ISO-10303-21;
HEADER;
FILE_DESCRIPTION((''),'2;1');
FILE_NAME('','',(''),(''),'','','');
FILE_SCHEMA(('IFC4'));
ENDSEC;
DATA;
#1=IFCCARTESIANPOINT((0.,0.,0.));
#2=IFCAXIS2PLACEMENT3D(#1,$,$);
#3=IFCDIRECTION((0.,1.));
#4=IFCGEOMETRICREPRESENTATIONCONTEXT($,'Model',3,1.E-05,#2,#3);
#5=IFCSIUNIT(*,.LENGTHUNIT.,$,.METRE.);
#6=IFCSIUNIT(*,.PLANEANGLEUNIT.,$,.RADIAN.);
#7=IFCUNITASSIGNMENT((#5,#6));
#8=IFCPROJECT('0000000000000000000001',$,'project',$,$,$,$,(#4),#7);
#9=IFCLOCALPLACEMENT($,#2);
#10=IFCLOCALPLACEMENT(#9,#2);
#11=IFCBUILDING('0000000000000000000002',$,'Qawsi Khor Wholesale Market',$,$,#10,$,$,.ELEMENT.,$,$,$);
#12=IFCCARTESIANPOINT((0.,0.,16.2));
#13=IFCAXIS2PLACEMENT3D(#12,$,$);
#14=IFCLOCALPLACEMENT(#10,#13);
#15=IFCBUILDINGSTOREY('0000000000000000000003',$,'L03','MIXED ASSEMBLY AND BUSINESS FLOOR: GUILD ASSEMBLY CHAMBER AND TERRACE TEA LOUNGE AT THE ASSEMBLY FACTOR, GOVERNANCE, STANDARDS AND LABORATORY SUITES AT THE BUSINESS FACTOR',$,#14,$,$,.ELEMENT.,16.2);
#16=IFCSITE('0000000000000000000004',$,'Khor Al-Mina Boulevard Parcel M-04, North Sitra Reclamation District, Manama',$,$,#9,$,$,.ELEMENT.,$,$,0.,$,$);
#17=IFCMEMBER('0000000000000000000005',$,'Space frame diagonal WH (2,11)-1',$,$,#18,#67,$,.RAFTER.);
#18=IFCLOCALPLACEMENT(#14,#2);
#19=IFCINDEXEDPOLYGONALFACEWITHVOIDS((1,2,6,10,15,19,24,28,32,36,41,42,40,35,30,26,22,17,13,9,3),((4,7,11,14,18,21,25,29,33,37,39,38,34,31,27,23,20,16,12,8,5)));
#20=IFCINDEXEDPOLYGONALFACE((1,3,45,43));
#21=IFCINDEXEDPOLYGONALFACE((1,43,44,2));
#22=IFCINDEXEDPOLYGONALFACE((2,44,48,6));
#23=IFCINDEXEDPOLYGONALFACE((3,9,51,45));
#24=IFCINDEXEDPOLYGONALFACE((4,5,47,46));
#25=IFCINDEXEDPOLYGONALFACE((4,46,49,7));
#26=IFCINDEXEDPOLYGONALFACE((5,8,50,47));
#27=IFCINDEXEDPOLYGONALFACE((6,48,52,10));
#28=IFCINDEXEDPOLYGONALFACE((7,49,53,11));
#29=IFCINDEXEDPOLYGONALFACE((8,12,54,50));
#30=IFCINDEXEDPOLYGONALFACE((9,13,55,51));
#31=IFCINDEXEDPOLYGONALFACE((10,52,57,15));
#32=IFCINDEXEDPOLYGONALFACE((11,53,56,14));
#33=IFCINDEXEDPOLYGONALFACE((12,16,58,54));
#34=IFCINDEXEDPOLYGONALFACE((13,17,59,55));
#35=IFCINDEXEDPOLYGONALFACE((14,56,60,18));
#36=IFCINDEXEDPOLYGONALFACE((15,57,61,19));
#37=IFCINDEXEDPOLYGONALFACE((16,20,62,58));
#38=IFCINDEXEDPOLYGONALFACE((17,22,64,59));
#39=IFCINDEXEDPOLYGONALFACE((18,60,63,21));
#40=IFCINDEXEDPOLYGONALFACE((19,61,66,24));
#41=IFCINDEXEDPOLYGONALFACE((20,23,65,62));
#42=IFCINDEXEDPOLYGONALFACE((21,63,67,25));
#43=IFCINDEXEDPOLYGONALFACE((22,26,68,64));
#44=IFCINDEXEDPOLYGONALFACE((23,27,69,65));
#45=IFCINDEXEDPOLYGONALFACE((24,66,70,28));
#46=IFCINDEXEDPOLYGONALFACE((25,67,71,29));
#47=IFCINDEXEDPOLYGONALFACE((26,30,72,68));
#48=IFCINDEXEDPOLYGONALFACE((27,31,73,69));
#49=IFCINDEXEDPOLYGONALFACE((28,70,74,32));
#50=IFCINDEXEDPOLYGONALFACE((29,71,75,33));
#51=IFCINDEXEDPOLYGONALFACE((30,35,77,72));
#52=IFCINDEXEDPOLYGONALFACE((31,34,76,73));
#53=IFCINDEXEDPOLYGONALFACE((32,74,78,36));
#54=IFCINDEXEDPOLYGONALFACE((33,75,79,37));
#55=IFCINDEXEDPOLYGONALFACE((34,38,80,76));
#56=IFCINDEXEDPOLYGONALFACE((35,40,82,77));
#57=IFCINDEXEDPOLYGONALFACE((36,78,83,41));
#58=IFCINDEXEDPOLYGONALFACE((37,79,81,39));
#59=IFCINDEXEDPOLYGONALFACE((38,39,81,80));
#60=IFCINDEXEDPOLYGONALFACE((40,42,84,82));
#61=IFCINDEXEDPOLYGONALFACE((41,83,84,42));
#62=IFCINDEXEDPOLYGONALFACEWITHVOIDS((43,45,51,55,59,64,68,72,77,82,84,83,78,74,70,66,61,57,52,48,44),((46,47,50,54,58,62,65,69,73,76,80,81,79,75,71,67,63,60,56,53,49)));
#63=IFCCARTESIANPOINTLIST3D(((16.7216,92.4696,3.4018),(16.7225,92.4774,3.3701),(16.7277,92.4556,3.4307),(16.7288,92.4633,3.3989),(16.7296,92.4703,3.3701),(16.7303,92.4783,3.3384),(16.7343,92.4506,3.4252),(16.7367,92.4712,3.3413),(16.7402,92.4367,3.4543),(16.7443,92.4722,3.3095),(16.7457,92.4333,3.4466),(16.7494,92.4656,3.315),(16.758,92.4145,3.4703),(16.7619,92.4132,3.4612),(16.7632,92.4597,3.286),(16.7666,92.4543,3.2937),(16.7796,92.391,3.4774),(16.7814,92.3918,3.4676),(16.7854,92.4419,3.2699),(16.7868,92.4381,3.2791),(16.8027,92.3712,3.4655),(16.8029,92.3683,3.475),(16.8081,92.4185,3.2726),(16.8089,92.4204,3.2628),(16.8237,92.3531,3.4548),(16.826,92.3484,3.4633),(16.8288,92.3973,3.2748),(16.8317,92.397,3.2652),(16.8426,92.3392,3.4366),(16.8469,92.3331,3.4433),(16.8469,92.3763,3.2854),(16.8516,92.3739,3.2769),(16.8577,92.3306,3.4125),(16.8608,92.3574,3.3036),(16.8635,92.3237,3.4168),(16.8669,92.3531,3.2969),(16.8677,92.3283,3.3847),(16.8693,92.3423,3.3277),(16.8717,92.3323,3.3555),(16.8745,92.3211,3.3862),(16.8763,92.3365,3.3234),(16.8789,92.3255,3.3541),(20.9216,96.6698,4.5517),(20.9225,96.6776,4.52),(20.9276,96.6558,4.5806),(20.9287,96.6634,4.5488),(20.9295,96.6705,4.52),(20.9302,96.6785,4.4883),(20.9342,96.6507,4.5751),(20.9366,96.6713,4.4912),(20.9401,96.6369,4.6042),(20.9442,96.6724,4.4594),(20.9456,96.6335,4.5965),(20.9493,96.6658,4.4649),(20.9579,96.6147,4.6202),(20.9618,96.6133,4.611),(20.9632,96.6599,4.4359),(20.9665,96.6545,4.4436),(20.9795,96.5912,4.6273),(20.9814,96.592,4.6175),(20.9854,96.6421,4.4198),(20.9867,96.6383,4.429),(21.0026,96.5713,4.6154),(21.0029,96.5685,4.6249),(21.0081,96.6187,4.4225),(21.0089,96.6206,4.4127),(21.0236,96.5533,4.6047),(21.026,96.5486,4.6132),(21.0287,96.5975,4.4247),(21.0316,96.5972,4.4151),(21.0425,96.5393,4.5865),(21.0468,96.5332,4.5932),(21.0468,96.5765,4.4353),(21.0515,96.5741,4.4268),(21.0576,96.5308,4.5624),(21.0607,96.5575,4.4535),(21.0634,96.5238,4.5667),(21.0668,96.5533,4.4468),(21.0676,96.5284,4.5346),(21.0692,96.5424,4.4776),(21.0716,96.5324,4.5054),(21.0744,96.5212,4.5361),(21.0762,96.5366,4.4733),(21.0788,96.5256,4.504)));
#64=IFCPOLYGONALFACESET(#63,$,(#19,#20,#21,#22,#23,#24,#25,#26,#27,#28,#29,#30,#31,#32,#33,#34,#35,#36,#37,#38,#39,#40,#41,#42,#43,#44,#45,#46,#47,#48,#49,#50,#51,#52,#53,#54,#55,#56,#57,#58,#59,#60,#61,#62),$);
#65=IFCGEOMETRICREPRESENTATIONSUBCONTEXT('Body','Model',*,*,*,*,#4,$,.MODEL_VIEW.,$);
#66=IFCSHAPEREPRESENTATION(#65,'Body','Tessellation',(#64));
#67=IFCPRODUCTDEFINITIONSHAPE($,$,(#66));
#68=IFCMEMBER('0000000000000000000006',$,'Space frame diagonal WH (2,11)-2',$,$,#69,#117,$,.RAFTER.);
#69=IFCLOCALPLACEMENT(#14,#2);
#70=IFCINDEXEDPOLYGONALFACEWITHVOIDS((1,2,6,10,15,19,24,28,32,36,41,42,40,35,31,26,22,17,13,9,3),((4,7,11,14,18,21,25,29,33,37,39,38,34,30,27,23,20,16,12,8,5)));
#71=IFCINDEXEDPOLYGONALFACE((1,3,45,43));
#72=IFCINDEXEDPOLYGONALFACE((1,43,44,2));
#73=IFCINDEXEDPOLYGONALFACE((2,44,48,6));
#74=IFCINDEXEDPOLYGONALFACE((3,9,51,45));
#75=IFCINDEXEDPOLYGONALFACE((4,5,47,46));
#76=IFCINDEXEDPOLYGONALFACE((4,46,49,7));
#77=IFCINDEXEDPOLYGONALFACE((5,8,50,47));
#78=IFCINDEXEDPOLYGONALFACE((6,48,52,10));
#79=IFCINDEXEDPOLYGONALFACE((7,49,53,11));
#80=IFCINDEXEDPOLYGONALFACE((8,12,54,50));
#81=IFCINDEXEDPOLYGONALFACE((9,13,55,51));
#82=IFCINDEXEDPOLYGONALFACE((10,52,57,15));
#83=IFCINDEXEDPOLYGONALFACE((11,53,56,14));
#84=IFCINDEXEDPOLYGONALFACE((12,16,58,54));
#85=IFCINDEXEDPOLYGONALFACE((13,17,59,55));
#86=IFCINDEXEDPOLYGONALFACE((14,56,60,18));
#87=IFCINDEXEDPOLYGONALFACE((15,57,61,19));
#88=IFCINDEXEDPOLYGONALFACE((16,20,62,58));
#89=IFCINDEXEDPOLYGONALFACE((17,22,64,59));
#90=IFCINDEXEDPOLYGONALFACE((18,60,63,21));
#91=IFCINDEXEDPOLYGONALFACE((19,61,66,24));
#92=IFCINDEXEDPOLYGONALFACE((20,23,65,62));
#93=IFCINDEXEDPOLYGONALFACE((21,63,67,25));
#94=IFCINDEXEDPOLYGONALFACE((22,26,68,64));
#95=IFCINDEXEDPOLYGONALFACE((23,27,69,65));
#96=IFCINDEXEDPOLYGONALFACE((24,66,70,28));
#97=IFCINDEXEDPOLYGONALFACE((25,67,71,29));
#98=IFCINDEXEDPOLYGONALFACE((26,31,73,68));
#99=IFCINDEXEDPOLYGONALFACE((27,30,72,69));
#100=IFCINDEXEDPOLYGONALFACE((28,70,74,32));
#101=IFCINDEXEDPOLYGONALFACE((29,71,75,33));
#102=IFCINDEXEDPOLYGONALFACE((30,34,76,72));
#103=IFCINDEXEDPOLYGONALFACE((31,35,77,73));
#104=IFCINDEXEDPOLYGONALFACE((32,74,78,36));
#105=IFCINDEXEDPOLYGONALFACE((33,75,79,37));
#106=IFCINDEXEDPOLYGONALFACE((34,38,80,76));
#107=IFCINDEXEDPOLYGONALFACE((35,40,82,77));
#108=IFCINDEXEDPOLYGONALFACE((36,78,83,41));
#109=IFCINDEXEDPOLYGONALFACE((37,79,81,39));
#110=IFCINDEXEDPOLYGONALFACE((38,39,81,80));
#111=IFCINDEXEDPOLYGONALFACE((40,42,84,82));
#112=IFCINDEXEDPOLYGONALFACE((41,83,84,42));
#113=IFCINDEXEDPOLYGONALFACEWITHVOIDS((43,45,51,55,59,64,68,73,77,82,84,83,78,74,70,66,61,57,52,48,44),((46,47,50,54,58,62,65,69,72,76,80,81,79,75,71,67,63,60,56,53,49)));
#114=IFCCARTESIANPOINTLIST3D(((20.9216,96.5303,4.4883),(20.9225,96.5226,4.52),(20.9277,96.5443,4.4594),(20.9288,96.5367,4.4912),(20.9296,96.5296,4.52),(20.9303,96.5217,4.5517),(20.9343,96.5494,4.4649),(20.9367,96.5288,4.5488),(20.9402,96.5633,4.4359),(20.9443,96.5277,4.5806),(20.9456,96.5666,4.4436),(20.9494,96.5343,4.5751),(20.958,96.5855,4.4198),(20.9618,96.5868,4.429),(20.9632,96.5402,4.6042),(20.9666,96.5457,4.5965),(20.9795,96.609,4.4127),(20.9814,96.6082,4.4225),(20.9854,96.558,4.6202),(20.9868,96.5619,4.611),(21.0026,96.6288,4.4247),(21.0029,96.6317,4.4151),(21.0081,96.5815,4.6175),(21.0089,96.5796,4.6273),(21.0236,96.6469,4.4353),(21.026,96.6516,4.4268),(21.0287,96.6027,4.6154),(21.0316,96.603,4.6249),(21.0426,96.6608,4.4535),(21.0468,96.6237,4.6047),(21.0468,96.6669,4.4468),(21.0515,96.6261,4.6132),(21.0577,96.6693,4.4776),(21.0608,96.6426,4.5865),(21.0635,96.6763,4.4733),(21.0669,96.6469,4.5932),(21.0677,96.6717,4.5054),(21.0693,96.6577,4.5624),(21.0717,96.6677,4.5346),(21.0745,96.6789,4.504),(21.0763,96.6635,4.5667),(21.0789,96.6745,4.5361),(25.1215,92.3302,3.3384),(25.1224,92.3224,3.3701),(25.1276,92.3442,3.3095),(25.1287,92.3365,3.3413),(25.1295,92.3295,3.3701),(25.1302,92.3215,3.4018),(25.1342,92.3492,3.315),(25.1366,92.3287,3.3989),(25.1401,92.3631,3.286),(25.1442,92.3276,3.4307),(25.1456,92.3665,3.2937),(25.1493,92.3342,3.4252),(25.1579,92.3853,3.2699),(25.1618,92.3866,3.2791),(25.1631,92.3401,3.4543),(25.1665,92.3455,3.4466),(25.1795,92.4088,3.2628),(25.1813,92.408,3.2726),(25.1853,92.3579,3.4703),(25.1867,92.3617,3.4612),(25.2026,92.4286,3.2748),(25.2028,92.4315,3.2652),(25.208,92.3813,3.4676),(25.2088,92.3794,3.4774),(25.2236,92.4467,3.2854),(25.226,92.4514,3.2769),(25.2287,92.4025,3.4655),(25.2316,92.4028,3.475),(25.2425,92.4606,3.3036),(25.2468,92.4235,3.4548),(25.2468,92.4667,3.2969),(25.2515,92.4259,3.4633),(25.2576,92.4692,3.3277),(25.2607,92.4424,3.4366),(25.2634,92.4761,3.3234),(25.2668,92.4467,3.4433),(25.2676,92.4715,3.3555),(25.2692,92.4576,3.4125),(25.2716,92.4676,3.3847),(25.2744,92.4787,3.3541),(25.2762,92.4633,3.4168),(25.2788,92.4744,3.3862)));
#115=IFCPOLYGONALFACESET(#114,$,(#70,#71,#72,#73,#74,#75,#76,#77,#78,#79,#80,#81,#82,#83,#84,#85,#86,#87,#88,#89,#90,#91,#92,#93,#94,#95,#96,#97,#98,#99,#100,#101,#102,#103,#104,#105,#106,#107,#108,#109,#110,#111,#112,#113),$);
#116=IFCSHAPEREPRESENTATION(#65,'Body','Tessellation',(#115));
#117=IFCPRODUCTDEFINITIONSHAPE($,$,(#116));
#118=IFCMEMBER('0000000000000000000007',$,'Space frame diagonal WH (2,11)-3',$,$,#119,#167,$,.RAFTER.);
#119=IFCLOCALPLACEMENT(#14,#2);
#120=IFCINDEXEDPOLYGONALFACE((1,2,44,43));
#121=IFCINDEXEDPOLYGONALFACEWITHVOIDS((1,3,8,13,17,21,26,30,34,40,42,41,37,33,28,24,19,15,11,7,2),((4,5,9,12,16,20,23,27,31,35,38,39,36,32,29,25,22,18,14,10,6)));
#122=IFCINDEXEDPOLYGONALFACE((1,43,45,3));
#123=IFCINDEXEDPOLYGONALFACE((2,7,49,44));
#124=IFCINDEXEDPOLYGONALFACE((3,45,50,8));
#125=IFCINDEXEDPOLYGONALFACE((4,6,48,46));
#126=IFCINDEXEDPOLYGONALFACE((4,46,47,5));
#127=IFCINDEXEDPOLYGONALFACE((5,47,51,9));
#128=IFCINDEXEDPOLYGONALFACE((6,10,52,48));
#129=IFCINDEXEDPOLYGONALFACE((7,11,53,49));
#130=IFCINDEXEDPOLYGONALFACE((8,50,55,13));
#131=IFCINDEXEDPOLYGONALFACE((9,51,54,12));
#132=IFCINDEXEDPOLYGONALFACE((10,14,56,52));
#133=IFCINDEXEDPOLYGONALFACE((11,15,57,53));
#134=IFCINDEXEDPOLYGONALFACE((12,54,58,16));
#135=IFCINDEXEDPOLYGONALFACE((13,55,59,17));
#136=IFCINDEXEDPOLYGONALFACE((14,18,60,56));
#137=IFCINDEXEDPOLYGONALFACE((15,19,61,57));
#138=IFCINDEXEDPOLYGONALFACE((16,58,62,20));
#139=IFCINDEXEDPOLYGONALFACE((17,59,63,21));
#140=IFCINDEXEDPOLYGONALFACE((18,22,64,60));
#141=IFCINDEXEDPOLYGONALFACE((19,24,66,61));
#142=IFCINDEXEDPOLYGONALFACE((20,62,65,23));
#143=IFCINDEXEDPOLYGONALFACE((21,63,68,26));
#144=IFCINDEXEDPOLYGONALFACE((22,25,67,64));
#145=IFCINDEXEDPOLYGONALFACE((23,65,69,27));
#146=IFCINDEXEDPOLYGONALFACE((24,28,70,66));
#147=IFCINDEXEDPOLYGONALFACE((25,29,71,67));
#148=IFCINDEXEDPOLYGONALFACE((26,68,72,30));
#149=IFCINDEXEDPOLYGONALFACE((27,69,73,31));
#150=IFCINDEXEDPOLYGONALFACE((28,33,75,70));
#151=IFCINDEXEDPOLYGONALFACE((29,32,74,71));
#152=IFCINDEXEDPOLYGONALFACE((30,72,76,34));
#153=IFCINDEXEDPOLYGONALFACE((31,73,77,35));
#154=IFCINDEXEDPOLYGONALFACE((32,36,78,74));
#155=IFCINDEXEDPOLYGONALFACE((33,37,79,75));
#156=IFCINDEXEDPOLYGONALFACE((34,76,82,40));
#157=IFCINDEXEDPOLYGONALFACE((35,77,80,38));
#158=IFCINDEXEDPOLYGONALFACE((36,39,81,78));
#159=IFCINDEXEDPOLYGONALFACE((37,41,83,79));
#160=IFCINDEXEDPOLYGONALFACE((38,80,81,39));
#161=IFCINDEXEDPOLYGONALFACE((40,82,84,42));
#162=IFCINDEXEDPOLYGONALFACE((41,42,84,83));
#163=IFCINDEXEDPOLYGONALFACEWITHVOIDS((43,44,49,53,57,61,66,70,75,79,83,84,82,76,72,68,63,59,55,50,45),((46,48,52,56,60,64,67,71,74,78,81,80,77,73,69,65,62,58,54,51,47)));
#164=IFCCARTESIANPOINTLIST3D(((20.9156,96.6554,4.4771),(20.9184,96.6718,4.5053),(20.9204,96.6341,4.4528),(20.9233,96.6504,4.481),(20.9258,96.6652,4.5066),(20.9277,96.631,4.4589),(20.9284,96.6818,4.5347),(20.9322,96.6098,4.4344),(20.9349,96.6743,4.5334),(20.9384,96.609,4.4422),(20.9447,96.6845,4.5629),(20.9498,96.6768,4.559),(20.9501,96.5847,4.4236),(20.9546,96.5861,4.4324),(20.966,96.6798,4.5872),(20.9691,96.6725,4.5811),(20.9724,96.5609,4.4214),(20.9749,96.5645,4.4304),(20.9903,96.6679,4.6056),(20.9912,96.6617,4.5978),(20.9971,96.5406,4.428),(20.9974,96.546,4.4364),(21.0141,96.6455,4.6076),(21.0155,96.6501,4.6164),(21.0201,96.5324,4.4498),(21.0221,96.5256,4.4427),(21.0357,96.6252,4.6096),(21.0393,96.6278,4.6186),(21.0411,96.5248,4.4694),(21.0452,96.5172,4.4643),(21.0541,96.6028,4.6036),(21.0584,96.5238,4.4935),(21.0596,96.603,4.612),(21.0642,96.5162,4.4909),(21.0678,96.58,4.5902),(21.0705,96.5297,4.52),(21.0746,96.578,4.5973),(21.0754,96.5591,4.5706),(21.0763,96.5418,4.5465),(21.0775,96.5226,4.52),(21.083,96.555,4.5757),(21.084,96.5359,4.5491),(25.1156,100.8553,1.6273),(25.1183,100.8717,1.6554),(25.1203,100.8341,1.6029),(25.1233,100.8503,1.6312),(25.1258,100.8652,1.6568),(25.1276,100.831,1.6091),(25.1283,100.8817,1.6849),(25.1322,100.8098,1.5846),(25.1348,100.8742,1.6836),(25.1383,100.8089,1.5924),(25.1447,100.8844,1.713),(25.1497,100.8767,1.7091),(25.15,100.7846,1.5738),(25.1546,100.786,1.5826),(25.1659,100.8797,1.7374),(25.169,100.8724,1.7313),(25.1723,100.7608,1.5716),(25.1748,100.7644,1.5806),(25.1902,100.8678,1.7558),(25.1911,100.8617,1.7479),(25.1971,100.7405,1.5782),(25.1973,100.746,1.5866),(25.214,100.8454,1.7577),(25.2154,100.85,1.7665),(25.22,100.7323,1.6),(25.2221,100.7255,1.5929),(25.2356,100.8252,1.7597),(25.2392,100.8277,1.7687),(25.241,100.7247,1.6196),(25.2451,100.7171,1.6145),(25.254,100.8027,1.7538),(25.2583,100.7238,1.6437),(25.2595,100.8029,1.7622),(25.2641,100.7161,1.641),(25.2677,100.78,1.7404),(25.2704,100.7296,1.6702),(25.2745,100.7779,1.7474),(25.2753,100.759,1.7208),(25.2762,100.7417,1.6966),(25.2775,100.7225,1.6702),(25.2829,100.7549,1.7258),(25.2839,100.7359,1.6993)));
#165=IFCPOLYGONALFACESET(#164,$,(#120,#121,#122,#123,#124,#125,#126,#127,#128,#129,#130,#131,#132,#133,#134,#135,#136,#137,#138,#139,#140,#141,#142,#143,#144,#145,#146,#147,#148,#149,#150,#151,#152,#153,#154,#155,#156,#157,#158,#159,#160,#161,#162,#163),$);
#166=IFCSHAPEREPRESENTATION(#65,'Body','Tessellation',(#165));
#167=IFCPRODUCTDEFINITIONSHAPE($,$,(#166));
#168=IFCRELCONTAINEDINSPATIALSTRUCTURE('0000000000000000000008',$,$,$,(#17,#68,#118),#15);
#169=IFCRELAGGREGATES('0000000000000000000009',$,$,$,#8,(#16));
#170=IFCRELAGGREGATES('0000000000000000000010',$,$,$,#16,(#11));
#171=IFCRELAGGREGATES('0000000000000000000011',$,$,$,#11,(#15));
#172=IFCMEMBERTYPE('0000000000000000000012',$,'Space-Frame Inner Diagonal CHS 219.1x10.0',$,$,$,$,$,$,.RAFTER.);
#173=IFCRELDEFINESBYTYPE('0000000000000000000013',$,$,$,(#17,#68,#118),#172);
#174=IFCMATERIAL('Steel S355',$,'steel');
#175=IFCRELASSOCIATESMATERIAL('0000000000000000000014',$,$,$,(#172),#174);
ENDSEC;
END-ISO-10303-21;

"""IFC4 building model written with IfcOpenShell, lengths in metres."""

from ifc_helpers import new_model, si_unit, direction, frame, origin, origin_2d, place, context, subcontext, project, spatial, hollow_circle, extrude, material, material_profile, profile_set, type_object, element, save


model = new_model("IFC4")

# Units and contexts
model_context = context("Model", 3, precision=1e-05, world=origin(), true_north=direction((0.0, 1.0)))
body_context = subcontext(model_context, "Body", "Model", "MODEL_VIEW")
ifc_project = project(units=[si_unit("LENGTHUNIT", "METRE"), si_unit("PLANEANGLEUNIT", "RADIAN")], contexts=[model_context])

# Site, building, storey
site_placement = place(None, origin())
site = spatial("IfcSite", under=ifc_project, at=site_placement, Name="Khor Al-Mina Boulevard Parcel M-04, North Sitra Reclamation District, Manama", CompositionType="ELEMENT", RefElevation=0.0)
building_placement = place(site_placement, origin())
building = spatial("IfcBuilding", under=site, at=building_placement, Name="Qawsi Khor Wholesale Market", CompositionType="ELEMENT")
storey_placement = place(building_placement, frame((0.0, 0.0, 16.2)))
storey = spatial("IfcBuildingStorey", under=building, at=storey_placement, Name="L03", Description="MIXED ASSEMBLY AND BUSINESS FLOOR: GUILD ASSEMBLY CHAMBER AND TERRACE TEA LOUNGE AT THE ASSEMBLY FACTOR, GOVERNANCE, STANDARDS AND LABORATORY SUITES AT THE BUSINESS FACTOR", CompositionType="ELEMENT", Elevation=16.2)

# Members
ifc_material_1 = material(Name="Steel S355", Category="steel")
ifc_material_profile_1 = material_profile(ifc_material_1, hollow_circle(Radius=0.1096, WallThickness=0.01, at=origin_2d()), Name="CHS 219.1x10.0")
ifc_profile_set_1 = profile_set([ifc_material_profile_1], Name="Steel S355")
member_type_1 = type_object("IfcMemberType", Name="Space-Frame Inner Diagonal CHS 219.1x10.0", PredefinedType="RAFTER", material=ifc_profile_set_1)
for number, where, z_axis, x_axis, name in (
    (1, (16.8, 92.3999, 3.3701), (0.694197, 0.694238, 0.190064), (-0.707127, 0.707086, 0.0), "Space frame diagonal WH (2,11)-1"),
    (2, (25.2, 92.3999, 3.3701), (-0.694197, 0.694238, 0.190064), (-0.707127, -0.707086, 0.0), "Space frame diagonal WH (2,11)-2"),
):
    element("IfcMember", number, at=place(storey_placement, frame(where, z_axis=z_axis, x_axis=x_axis)), inside=storey, type_object=member_type_1, Name=name, PredefinedType="RAFTER", context=body_context, shape_type="SweptSolid", body=[
        extrude(hollow_circle(Radius=0.1096, WallThickness=0.01, at=origin_2d()), origin(), (0.0, 0.0, 1.0), 6.05),
    ])
for number, where, z_axis, x_axis, name in (
    (3, (25.2, 100.8, 1.6702), (-0.637522, -0.637522, 0.432587), (0.707107, -0.707107, 0.0), "Space frame diagonal WH (2,11)-3"),
):
    element("IfcMember", number, at=place(storey_placement, frame(where, z_axis=z_axis, x_axis=x_axis)), inside=storey, type_object=member_type_1, Name=name, PredefinedType="RAFTER", context=body_context, shape_type="SweptSolid", body=[
        extrude(hollow_circle(Radius=0.1096, WallThickness=0.01, at=origin_2d()), origin(), (0.0, 0.0, 1.0), 6.5879),
    ])

save(model, "model.ifc")
